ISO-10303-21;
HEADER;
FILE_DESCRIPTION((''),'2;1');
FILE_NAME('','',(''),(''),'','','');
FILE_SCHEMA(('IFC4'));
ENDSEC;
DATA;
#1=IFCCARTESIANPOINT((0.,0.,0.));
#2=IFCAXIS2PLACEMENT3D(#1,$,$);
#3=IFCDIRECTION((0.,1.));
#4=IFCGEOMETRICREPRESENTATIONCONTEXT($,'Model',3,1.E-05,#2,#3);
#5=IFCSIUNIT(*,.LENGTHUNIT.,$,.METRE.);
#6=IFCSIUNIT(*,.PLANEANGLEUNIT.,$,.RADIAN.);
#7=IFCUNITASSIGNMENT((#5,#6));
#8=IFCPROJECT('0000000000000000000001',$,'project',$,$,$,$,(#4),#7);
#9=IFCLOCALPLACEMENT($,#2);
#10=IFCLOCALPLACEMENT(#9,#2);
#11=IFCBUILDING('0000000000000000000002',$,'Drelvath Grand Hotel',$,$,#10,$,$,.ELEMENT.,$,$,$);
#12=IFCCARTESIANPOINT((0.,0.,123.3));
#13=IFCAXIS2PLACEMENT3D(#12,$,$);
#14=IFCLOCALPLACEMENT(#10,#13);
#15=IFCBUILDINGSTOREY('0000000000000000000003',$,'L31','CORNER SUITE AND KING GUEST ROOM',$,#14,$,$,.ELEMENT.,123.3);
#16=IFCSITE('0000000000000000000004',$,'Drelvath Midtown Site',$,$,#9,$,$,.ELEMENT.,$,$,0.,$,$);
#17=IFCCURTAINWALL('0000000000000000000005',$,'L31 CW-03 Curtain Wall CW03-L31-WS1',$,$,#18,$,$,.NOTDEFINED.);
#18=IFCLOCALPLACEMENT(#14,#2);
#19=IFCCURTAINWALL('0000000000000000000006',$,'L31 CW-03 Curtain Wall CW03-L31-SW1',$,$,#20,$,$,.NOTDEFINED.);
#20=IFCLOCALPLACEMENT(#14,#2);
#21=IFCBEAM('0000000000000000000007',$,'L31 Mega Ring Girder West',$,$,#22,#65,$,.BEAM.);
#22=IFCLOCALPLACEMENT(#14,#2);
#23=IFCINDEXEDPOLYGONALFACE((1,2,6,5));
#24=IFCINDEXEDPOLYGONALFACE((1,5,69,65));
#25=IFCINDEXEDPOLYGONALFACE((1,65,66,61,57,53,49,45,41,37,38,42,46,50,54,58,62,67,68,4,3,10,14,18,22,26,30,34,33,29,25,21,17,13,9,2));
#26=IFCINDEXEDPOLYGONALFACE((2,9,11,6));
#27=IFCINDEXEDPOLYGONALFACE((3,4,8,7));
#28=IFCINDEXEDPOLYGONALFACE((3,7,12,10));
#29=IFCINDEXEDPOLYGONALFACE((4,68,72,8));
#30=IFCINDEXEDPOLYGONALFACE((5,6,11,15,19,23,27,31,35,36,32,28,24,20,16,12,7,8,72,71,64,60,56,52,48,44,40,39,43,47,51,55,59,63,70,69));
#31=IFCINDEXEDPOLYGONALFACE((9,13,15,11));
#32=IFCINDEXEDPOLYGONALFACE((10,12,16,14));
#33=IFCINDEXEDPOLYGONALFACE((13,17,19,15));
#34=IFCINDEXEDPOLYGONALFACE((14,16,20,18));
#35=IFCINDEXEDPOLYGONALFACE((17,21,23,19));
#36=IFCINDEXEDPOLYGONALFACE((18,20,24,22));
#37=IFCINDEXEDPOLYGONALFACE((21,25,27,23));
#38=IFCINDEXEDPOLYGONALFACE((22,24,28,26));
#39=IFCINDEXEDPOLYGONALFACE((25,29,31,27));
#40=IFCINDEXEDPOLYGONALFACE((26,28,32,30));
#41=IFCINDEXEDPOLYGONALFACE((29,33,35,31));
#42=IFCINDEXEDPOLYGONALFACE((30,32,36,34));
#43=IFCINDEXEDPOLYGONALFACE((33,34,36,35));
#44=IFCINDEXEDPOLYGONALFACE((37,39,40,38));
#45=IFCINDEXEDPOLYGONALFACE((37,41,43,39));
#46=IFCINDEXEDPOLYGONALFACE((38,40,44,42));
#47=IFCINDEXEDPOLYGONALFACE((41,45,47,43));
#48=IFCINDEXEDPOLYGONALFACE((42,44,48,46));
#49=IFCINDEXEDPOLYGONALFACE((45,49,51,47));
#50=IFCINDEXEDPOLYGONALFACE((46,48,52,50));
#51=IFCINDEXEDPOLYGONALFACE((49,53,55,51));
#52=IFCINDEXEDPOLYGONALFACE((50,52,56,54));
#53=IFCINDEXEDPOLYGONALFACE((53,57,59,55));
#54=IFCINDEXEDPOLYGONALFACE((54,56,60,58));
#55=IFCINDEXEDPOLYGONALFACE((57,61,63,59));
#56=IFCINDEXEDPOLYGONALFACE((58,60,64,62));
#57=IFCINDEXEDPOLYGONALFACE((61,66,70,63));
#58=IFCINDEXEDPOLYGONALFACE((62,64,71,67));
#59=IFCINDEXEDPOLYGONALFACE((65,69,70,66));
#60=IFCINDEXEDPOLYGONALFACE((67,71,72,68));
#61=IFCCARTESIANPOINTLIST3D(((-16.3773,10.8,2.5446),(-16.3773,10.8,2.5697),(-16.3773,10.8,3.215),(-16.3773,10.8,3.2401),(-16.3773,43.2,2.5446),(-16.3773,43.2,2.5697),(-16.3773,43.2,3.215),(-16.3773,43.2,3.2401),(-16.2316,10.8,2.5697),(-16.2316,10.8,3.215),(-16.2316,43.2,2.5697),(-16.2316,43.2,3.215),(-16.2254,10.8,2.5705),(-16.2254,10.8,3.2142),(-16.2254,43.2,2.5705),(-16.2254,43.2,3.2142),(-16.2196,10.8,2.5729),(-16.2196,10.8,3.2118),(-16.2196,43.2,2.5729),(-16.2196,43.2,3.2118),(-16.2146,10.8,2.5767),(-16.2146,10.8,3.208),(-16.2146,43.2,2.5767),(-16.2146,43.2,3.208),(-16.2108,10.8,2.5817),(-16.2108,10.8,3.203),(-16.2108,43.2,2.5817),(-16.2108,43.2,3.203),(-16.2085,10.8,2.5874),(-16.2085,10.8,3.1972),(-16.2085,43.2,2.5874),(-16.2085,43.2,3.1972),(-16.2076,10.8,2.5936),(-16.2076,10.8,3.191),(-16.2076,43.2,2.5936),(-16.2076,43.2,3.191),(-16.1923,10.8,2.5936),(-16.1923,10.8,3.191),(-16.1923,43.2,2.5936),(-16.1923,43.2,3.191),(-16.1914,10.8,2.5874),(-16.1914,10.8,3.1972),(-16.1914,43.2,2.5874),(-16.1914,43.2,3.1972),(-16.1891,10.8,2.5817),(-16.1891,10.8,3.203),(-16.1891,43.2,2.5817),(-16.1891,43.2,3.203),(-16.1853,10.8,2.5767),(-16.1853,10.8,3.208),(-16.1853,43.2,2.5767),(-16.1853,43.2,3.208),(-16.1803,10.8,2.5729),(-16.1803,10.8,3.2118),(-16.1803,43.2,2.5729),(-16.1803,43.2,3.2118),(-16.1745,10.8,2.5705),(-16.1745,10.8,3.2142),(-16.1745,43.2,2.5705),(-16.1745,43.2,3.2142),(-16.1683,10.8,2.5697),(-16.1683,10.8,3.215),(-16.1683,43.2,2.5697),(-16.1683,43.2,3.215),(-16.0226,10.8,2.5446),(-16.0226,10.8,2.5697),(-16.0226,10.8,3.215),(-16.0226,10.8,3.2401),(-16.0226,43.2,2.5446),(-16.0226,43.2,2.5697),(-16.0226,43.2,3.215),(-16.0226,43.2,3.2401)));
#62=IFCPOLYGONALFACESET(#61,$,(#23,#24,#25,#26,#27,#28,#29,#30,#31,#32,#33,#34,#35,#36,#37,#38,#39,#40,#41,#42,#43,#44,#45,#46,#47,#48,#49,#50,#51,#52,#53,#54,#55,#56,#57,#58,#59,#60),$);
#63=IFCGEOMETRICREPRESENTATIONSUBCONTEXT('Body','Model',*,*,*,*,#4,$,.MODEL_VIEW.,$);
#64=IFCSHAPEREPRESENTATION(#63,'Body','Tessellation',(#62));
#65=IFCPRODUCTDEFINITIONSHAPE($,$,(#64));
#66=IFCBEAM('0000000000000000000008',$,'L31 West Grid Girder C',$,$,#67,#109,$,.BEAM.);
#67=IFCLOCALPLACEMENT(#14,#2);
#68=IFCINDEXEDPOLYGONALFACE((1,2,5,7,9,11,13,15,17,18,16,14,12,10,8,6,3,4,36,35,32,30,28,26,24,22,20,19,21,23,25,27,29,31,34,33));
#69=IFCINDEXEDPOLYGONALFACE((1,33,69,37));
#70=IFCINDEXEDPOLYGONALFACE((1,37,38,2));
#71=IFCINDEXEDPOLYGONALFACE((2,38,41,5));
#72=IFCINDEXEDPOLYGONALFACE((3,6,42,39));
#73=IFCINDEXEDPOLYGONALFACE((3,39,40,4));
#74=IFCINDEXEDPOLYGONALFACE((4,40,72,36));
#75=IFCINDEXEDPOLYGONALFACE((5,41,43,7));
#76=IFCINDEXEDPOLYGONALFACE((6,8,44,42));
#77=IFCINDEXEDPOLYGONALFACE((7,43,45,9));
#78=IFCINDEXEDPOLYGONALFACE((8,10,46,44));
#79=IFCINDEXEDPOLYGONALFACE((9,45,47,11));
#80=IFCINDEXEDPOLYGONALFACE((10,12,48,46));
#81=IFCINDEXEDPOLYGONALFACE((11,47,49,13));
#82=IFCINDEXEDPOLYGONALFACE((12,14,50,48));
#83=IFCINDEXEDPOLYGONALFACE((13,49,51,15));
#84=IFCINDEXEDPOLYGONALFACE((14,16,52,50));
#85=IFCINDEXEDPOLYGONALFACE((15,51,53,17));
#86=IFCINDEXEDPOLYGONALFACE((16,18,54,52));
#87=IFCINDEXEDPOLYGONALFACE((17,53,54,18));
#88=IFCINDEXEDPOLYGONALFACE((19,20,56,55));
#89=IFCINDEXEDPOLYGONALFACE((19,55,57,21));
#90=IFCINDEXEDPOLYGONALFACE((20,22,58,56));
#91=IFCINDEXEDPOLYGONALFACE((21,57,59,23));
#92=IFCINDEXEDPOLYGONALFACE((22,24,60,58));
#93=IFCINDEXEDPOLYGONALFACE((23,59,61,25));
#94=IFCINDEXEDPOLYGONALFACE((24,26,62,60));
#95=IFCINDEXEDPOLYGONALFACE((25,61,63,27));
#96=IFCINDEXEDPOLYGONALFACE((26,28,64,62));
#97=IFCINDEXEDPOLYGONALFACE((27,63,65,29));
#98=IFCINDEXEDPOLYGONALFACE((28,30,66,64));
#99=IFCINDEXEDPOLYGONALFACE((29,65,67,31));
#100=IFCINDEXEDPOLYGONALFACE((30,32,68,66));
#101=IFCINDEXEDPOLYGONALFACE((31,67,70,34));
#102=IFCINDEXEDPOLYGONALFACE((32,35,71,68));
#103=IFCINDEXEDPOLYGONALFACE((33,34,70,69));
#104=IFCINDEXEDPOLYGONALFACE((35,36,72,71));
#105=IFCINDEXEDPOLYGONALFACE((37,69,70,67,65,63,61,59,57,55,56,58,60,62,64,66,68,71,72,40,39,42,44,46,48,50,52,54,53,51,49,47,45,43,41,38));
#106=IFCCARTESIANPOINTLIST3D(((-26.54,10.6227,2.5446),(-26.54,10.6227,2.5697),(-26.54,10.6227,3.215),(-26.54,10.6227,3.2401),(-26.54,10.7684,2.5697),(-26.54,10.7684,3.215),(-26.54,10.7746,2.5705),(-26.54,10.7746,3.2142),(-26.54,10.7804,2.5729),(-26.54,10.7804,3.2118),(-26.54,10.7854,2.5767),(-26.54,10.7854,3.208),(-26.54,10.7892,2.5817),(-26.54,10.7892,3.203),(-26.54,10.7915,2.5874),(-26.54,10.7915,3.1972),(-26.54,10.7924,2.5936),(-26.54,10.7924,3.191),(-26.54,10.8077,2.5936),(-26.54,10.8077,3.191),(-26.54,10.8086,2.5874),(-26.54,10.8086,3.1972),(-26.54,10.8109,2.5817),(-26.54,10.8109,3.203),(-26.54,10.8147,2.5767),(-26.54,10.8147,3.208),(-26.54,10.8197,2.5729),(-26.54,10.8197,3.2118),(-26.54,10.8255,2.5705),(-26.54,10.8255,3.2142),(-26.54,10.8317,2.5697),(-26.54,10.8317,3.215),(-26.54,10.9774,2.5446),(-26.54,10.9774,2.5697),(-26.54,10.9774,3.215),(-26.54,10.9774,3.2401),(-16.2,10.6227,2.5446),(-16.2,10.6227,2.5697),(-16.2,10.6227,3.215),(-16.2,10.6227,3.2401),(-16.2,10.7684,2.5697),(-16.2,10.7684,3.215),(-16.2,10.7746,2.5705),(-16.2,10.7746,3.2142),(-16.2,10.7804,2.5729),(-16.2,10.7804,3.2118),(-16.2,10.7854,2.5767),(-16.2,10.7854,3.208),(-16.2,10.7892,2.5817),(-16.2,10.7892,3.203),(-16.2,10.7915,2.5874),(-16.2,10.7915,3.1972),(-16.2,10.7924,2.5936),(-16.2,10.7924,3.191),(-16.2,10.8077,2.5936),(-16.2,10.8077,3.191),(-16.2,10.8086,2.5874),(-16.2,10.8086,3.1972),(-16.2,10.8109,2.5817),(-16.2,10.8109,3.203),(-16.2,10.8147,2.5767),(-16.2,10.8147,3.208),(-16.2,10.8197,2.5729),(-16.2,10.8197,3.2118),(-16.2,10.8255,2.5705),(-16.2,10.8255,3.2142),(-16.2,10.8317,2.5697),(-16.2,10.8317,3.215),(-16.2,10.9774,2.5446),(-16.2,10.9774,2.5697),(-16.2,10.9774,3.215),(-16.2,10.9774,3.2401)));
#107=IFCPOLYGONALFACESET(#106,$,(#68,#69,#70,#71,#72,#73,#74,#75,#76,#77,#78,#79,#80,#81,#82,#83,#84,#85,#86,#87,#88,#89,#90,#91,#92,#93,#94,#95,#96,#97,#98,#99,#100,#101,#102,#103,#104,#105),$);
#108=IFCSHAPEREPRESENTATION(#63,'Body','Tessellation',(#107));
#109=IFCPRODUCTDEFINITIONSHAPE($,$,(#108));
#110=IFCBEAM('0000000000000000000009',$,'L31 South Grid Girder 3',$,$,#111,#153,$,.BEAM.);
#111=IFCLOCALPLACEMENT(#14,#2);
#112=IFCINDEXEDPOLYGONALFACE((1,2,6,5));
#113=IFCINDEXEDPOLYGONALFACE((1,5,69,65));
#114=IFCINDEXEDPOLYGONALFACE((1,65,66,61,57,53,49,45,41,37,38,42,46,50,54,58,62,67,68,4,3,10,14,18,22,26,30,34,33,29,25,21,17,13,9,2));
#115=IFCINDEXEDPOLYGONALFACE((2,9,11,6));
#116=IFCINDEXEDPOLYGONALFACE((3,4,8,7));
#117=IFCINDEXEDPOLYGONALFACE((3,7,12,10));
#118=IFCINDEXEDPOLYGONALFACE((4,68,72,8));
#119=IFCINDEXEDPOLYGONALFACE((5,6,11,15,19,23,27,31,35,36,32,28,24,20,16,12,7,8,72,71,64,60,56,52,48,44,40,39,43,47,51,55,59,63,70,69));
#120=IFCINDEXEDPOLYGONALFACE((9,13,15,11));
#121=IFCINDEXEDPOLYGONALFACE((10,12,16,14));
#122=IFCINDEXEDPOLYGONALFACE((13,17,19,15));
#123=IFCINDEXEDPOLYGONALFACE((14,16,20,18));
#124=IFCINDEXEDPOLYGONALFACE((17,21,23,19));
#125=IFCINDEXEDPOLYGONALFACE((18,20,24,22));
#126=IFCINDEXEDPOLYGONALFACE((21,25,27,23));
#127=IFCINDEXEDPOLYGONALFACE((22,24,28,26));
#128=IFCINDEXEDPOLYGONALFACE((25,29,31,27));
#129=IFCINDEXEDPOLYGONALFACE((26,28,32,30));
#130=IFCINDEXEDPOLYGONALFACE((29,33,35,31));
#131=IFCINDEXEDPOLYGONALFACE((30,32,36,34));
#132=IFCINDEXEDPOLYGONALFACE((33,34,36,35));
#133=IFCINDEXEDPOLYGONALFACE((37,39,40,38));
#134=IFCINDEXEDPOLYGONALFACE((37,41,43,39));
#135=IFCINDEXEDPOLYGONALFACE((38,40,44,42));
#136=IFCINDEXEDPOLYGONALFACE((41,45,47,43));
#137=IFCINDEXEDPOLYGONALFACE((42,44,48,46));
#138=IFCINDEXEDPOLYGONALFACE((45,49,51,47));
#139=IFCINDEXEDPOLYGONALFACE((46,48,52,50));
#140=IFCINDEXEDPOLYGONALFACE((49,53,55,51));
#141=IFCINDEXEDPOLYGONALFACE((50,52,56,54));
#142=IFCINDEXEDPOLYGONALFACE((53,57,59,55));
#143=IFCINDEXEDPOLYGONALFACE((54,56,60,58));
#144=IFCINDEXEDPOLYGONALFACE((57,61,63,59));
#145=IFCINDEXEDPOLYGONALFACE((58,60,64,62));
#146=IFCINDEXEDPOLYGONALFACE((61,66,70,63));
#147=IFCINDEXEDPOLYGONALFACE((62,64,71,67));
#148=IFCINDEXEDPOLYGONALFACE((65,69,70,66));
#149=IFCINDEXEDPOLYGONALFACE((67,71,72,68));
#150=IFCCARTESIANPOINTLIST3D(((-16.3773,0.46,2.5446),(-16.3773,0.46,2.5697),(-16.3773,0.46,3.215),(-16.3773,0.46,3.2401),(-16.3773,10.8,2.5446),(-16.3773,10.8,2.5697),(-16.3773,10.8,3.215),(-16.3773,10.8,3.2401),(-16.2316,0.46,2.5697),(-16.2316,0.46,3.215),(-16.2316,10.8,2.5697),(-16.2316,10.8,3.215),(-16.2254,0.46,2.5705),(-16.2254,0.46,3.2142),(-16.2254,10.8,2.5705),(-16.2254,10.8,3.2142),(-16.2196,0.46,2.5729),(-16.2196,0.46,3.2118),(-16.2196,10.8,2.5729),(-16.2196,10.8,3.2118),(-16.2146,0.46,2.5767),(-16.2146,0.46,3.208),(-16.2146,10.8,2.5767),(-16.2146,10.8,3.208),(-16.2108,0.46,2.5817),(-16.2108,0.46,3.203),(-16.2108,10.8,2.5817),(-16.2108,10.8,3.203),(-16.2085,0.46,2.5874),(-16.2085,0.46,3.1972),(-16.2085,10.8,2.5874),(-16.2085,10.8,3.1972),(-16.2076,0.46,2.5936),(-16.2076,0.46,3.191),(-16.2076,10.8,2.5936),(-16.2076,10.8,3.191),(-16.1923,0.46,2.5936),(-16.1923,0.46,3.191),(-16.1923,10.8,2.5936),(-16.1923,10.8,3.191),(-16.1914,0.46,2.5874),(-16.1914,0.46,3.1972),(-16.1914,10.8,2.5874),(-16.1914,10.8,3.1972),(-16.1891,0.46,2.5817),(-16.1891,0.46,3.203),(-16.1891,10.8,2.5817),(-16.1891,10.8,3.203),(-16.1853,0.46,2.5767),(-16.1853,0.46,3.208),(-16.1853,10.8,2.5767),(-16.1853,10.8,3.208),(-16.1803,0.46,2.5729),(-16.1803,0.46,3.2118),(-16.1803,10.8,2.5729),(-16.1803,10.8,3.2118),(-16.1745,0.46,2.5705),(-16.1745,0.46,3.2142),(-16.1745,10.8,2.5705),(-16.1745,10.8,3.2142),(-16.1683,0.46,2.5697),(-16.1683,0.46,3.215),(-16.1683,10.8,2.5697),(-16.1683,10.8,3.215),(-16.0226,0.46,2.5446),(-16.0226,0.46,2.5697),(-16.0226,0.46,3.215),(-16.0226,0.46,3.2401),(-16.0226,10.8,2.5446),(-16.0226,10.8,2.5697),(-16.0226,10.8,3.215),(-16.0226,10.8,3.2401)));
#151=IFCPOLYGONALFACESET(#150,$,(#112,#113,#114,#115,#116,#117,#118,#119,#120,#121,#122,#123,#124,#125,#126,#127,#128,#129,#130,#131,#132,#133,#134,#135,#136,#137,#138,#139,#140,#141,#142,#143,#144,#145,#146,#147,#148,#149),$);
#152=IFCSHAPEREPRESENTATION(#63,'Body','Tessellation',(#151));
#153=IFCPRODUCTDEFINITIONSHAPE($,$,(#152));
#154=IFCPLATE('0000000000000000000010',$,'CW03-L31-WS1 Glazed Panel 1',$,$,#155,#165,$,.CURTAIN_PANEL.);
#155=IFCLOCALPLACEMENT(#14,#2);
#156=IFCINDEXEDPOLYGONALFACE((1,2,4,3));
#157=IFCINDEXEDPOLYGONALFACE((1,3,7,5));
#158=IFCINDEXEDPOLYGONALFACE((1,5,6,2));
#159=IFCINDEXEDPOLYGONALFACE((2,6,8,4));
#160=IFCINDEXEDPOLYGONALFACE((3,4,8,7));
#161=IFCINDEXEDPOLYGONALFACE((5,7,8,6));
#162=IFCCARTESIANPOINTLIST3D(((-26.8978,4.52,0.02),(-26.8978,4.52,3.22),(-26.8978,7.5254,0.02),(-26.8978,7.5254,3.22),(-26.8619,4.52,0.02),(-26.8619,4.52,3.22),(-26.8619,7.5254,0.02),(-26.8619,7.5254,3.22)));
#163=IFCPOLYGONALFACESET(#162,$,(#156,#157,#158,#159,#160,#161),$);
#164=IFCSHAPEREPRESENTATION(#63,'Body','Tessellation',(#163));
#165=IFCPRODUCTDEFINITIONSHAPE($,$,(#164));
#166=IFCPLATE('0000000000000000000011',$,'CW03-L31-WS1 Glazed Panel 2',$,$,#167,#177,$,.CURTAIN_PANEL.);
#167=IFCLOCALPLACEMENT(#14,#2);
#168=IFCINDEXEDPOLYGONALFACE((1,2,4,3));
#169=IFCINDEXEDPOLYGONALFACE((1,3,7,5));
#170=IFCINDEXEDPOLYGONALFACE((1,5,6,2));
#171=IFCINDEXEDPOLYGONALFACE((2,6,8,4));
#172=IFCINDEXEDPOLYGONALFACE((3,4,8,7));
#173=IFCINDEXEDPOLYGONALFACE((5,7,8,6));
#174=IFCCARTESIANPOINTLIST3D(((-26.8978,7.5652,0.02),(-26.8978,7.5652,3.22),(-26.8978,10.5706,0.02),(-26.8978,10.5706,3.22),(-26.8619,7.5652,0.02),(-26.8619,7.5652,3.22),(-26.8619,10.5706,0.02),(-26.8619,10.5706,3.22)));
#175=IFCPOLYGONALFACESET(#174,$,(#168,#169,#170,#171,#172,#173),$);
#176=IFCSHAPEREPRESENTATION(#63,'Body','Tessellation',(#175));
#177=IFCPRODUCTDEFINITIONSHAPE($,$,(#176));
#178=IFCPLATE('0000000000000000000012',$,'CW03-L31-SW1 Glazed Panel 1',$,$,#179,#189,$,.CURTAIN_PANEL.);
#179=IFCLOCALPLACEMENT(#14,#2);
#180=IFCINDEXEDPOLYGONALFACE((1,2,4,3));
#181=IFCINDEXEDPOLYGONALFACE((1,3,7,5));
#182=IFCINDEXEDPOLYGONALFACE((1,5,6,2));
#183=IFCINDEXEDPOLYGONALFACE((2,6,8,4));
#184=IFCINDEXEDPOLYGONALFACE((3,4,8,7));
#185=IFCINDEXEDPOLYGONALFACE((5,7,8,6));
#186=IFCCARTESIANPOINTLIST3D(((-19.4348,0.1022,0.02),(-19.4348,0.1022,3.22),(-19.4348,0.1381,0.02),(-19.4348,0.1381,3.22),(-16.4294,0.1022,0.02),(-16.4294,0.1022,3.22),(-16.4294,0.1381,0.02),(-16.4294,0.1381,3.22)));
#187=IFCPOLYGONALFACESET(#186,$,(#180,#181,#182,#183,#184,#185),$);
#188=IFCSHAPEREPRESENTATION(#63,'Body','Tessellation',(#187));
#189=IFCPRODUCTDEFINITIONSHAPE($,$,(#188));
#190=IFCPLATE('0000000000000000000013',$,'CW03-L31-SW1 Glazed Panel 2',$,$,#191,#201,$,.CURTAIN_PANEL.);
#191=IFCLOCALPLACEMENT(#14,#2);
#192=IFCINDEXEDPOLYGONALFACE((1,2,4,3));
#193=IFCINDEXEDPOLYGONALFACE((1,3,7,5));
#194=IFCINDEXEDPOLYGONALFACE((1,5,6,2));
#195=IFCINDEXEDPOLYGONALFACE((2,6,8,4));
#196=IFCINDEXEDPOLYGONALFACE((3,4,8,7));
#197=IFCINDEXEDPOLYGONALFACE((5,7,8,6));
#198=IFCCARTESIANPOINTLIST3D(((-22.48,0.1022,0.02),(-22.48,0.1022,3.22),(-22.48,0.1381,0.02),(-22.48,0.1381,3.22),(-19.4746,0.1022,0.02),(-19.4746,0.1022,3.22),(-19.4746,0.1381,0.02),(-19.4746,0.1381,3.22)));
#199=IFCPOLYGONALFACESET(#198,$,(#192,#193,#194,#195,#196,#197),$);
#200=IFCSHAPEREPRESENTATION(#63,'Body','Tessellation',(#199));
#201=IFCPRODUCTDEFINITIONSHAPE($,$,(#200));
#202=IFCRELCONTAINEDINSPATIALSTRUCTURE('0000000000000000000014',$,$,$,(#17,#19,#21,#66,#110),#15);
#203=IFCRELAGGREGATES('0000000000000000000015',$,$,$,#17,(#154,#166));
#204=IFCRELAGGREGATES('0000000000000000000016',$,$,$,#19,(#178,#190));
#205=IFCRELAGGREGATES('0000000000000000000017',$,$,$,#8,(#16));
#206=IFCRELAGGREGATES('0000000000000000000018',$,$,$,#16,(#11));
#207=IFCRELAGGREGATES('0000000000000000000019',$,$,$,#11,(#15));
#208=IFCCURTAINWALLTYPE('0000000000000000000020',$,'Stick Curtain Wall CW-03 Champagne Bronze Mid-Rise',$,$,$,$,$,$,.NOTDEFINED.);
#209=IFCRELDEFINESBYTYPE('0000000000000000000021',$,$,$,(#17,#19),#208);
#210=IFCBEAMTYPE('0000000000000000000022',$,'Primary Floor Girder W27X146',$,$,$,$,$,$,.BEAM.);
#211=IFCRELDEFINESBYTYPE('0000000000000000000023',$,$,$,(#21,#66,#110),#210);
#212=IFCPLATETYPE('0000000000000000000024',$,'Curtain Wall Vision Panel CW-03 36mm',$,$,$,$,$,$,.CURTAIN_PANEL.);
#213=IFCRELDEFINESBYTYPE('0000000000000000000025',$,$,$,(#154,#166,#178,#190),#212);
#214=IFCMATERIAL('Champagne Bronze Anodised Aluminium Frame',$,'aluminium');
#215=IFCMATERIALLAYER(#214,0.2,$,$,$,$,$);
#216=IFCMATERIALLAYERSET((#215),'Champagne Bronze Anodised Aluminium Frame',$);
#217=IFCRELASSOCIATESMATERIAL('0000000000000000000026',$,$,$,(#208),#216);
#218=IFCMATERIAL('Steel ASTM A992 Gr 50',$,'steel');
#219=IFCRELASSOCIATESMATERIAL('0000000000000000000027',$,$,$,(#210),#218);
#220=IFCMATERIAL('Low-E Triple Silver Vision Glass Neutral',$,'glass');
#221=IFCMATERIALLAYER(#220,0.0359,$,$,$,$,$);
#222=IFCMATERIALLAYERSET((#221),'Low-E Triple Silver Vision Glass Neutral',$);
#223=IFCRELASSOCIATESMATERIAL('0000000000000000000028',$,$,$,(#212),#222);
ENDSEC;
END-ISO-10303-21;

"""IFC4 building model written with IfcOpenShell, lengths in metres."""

from ifc_helpers import new_model, si_unit, direction, frame, origin, origin_2d, place, context, subcontext, project, spatial, rectangle, i_section, extrude, material, layer, layer_set, material_profile, profile_set, type_object, element, aggregate, save


model = new_model("IFC4")

# Units and contexts
model_context = context("Model", 3, precision=1e-05, world=origin(), true_north=direction((0.0, 1.0)))
body_context = subcontext(model_context, "Body", "Model", "MODEL_VIEW")
ifc_project = project(units=[si_unit("LENGTHUNIT", "METRE"), si_unit("PLANEANGLEUNIT", "RADIAN")], contexts=[model_context])

# Site, building, storey
site_placement = place(None, origin())
site = spatial("IfcSite", under=ifc_project, at=site_placement, Name="Drelvath Midtown Site", CompositionType="ELEMENT", RefElevation=0.0)
building_placement = place(site_placement, origin())
building = spatial("IfcBuilding", under=site, at=building_placement, Name="Drelvath Grand Hotel", CompositionType="ELEMENT")
storey_placement = place(building_placement, frame((0.0, 0.0, 123.3)))
storey = spatial("IfcBuildingStorey", under=building, at=storey_placement, Name="L31", Description="CORNER SUITE AND KING GUEST ROOM", CompositionType="ELEMENT", Elevation=123.3)

# Curtain walls
ifc_material_1 = material(Name="Champagne Bronze Anodised Aluminium Frame", Category="aluminium")
ifc_layer_1 = layer(ifc_material_1, 0.2)
ifc_layer_set_1 = layer_set([ifc_layer_1], Name="Champagne Bronze Anodised Aluminium Frame")
curtain_wall_type = type_object("IfcCurtainWallType", Name="Stick Curtain Wall CW-03 Champagne Bronze Mid-Rise", PredefinedType="NOTDEFINED", material=ifc_layer_set_1)
curtain_wall_1_placement = place(storey_placement, origin())
curtain_wall_1 = element("IfcCurtainWall", 1, at=curtain_wall_1_placement, inside=storey, type_object=curtain_wall_type, Name="L31 CW-03 Curtain Wall CW03-L31-WS1", PredefinedType="NOTDEFINED")
curtain_wall_2_placement = place(storey_placement, origin())
curtain_wall_2 = element("IfcCurtainWall", 2, at=curtain_wall_2_placement, inside=storey, type_object=curtain_wall_type, Name="L31 CW-03 Curtain Wall CW03-L31-SW1", PredefinedType="NOTDEFINED")

# Beams
ifc_material_2 = material(Name="Steel ASTM A992 Gr 50", Category="steel")
ifc_material_profile_1 = material_profile(ifc_material_2, i_section(OverallWidth=0.3547, OverallDepth=0.6956, WebThickness=0.0154, FlangeThickness=0.0251, FilletRadius=0.0239, at=origin_2d()), Name="W27X146")
ifc_profile_set_1 = profile_set([ifc_material_profile_1], Name="Steel ASTM A992 Gr 50")
beam_type_1 = type_object("IfcBeamType", Name="Primary Floor Girder W27X146", PredefinedType="BEAM", material=ifc_profile_set_1)
for number, where, z_axis, x_axis, name in (
    (3, (-16.2, 10.8, 2.8923), (0.0, 1.0, 0.0), (-1.0, 0.0, 0.0), "L31 Mega Ring Girder West"),
):
    element("IfcBeam", number, at=place(storey_placement, frame(where, z_axis=z_axis, x_axis=x_axis)), inside=storey, type_object=beam_type_1, Name=name, PredefinedType="BEAM", context=body_context, shape_type="SweptSolid", body=[
        extrude(i_section(OverallWidth=0.3547, OverallDepth=0.6956, WebThickness=0.0154, FlangeThickness=0.0251, FilletRadius=0.0239, at=origin_2d()), origin(), (0.0, 0.0, 1.0), 32.3999),
    ])
for number, where, z_axis, x_axis, name in (
    (4, (-26.54, 10.8, 2.8923), (1.0, 0.0, 0.0), (0.0, 1.0, 0.0), "L31 West Grid Girder C"),
    (5, (-16.2, 0.46, 2.8923), (0.0, 1.0, 0.0), (-1.0, 0.0, 0.0), "L31 South Grid Girder 3"),
):
    element("IfcBeam", number, at=place(storey_placement, frame(where, z_axis=z_axis, x_axis=x_axis)), inside=storey, type_object=beam_type_1, Name=name, PredefinedType="BEAM", context=body_context, shape_type="SweptSolid", body=[
        extrude(i_section(OverallWidth=0.3547, OverallDepth=0.6956, WebThickness=0.0154, FlangeThickness=0.0251, FilletRadius=0.0239, at=origin_2d()), origin(), (0.0, 0.0, 1.0), 10.3401),
    ])

# Plates
ifc_material_3 = material(Name="Low-E Triple Silver Vision Glass Neutral", Category="glass")
ifc_layer_2 = layer(ifc_material_3, 0.0359)
ifc_layer_set_2 = layer_set([ifc_layer_2], Name="Low-E Triple Silver Vision Glass Neutral")
plate_type = type_object("IfcPlateType", Name="Curtain Wall Vision Panel CW-03 36mm", PredefinedType="CURTAIN_PANEL", material=ifc_layer_set_2)
plate_1_placement = place(storey_placement, frame((-26.8799, 6.0227, 0.02), z_axis=(0.0, 0.0, 1.0), x_axis=(0.0, 1.0, 0.0)))
plate_1 = element("IfcPlate", 6, at=plate_1_placement, type_object=plate_type, Name="CW03-L31-WS1 Glazed Panel 1", PredefinedType="CURTAIN_PANEL", context=body_context, shape_type="SweptSolid", body=[
    extrude(rectangle(XDim=3.0054, YDim=0.0359, at=origin_2d()), origin(), (0.0, 0.0, 1.0), 3.2),
])
plate_2_placement = place(storey_placement, frame((-26.8799, 9.0679, 0.02), z_axis=(0.0, 0.0, 1.0), x_axis=(0.0, 1.0, 0.0)))
plate_2 = element("IfcPlate", 7, at=plate_2_placement, type_object=plate_type, Name="CW03-L31-WS1 Glazed Panel 2", PredefinedType="CURTAIN_PANEL", context=body_context, shape_type="SweptSolid", body=[
    extrude(rectangle(XDim=3.0054, YDim=0.0359, at=origin_2d()), origin(), (0.0, 0.0, 1.0), 3.2),
])
aggregate(curtain_wall_1, [plate_1, plate_2])
plate_3_placement = place(storey_placement, frame((-17.9321, 0.1201, 0.02), z_axis=(0.0, 0.0, 1.0), x_axis=(-1.0, 0.0, 0.0)))
plate_3 = element("IfcPlate", 8, at=plate_3_placement, type_object=plate_type, Name="CW03-L31-SW1 Glazed Panel 1", PredefinedType="CURTAIN_PANEL", context=body_context, shape_type="SweptSolid", body=[
    extrude(rectangle(XDim=3.0054, YDim=0.0359, at=origin_2d()), origin(), (0.0, 0.0, 1.0), 3.2),
])
plate_4_placement = place(storey_placement, frame((-20.9773, 0.1201, 0.02), z_axis=(0.0, 0.0, 1.0), x_axis=(-1.0, 0.0, 0.0)))
plate_4 = element("IfcPlate", 9, at=plate_4_placement, type_object=plate_type, Name="CW03-L31-SW1 Glazed Panel 2", PredefinedType="CURTAIN_PANEL", context=body_context, shape_type="SweptSolid", body=[
    extrude(rectangle(XDim=3.0054, YDim=0.0359, at=origin_2d()), origin(), (0.0, 0.0, 1.0), 3.2),
])
aggregate(curtain_wall_2, [plate_3, plate_4])

save(model, "model.ifc")
